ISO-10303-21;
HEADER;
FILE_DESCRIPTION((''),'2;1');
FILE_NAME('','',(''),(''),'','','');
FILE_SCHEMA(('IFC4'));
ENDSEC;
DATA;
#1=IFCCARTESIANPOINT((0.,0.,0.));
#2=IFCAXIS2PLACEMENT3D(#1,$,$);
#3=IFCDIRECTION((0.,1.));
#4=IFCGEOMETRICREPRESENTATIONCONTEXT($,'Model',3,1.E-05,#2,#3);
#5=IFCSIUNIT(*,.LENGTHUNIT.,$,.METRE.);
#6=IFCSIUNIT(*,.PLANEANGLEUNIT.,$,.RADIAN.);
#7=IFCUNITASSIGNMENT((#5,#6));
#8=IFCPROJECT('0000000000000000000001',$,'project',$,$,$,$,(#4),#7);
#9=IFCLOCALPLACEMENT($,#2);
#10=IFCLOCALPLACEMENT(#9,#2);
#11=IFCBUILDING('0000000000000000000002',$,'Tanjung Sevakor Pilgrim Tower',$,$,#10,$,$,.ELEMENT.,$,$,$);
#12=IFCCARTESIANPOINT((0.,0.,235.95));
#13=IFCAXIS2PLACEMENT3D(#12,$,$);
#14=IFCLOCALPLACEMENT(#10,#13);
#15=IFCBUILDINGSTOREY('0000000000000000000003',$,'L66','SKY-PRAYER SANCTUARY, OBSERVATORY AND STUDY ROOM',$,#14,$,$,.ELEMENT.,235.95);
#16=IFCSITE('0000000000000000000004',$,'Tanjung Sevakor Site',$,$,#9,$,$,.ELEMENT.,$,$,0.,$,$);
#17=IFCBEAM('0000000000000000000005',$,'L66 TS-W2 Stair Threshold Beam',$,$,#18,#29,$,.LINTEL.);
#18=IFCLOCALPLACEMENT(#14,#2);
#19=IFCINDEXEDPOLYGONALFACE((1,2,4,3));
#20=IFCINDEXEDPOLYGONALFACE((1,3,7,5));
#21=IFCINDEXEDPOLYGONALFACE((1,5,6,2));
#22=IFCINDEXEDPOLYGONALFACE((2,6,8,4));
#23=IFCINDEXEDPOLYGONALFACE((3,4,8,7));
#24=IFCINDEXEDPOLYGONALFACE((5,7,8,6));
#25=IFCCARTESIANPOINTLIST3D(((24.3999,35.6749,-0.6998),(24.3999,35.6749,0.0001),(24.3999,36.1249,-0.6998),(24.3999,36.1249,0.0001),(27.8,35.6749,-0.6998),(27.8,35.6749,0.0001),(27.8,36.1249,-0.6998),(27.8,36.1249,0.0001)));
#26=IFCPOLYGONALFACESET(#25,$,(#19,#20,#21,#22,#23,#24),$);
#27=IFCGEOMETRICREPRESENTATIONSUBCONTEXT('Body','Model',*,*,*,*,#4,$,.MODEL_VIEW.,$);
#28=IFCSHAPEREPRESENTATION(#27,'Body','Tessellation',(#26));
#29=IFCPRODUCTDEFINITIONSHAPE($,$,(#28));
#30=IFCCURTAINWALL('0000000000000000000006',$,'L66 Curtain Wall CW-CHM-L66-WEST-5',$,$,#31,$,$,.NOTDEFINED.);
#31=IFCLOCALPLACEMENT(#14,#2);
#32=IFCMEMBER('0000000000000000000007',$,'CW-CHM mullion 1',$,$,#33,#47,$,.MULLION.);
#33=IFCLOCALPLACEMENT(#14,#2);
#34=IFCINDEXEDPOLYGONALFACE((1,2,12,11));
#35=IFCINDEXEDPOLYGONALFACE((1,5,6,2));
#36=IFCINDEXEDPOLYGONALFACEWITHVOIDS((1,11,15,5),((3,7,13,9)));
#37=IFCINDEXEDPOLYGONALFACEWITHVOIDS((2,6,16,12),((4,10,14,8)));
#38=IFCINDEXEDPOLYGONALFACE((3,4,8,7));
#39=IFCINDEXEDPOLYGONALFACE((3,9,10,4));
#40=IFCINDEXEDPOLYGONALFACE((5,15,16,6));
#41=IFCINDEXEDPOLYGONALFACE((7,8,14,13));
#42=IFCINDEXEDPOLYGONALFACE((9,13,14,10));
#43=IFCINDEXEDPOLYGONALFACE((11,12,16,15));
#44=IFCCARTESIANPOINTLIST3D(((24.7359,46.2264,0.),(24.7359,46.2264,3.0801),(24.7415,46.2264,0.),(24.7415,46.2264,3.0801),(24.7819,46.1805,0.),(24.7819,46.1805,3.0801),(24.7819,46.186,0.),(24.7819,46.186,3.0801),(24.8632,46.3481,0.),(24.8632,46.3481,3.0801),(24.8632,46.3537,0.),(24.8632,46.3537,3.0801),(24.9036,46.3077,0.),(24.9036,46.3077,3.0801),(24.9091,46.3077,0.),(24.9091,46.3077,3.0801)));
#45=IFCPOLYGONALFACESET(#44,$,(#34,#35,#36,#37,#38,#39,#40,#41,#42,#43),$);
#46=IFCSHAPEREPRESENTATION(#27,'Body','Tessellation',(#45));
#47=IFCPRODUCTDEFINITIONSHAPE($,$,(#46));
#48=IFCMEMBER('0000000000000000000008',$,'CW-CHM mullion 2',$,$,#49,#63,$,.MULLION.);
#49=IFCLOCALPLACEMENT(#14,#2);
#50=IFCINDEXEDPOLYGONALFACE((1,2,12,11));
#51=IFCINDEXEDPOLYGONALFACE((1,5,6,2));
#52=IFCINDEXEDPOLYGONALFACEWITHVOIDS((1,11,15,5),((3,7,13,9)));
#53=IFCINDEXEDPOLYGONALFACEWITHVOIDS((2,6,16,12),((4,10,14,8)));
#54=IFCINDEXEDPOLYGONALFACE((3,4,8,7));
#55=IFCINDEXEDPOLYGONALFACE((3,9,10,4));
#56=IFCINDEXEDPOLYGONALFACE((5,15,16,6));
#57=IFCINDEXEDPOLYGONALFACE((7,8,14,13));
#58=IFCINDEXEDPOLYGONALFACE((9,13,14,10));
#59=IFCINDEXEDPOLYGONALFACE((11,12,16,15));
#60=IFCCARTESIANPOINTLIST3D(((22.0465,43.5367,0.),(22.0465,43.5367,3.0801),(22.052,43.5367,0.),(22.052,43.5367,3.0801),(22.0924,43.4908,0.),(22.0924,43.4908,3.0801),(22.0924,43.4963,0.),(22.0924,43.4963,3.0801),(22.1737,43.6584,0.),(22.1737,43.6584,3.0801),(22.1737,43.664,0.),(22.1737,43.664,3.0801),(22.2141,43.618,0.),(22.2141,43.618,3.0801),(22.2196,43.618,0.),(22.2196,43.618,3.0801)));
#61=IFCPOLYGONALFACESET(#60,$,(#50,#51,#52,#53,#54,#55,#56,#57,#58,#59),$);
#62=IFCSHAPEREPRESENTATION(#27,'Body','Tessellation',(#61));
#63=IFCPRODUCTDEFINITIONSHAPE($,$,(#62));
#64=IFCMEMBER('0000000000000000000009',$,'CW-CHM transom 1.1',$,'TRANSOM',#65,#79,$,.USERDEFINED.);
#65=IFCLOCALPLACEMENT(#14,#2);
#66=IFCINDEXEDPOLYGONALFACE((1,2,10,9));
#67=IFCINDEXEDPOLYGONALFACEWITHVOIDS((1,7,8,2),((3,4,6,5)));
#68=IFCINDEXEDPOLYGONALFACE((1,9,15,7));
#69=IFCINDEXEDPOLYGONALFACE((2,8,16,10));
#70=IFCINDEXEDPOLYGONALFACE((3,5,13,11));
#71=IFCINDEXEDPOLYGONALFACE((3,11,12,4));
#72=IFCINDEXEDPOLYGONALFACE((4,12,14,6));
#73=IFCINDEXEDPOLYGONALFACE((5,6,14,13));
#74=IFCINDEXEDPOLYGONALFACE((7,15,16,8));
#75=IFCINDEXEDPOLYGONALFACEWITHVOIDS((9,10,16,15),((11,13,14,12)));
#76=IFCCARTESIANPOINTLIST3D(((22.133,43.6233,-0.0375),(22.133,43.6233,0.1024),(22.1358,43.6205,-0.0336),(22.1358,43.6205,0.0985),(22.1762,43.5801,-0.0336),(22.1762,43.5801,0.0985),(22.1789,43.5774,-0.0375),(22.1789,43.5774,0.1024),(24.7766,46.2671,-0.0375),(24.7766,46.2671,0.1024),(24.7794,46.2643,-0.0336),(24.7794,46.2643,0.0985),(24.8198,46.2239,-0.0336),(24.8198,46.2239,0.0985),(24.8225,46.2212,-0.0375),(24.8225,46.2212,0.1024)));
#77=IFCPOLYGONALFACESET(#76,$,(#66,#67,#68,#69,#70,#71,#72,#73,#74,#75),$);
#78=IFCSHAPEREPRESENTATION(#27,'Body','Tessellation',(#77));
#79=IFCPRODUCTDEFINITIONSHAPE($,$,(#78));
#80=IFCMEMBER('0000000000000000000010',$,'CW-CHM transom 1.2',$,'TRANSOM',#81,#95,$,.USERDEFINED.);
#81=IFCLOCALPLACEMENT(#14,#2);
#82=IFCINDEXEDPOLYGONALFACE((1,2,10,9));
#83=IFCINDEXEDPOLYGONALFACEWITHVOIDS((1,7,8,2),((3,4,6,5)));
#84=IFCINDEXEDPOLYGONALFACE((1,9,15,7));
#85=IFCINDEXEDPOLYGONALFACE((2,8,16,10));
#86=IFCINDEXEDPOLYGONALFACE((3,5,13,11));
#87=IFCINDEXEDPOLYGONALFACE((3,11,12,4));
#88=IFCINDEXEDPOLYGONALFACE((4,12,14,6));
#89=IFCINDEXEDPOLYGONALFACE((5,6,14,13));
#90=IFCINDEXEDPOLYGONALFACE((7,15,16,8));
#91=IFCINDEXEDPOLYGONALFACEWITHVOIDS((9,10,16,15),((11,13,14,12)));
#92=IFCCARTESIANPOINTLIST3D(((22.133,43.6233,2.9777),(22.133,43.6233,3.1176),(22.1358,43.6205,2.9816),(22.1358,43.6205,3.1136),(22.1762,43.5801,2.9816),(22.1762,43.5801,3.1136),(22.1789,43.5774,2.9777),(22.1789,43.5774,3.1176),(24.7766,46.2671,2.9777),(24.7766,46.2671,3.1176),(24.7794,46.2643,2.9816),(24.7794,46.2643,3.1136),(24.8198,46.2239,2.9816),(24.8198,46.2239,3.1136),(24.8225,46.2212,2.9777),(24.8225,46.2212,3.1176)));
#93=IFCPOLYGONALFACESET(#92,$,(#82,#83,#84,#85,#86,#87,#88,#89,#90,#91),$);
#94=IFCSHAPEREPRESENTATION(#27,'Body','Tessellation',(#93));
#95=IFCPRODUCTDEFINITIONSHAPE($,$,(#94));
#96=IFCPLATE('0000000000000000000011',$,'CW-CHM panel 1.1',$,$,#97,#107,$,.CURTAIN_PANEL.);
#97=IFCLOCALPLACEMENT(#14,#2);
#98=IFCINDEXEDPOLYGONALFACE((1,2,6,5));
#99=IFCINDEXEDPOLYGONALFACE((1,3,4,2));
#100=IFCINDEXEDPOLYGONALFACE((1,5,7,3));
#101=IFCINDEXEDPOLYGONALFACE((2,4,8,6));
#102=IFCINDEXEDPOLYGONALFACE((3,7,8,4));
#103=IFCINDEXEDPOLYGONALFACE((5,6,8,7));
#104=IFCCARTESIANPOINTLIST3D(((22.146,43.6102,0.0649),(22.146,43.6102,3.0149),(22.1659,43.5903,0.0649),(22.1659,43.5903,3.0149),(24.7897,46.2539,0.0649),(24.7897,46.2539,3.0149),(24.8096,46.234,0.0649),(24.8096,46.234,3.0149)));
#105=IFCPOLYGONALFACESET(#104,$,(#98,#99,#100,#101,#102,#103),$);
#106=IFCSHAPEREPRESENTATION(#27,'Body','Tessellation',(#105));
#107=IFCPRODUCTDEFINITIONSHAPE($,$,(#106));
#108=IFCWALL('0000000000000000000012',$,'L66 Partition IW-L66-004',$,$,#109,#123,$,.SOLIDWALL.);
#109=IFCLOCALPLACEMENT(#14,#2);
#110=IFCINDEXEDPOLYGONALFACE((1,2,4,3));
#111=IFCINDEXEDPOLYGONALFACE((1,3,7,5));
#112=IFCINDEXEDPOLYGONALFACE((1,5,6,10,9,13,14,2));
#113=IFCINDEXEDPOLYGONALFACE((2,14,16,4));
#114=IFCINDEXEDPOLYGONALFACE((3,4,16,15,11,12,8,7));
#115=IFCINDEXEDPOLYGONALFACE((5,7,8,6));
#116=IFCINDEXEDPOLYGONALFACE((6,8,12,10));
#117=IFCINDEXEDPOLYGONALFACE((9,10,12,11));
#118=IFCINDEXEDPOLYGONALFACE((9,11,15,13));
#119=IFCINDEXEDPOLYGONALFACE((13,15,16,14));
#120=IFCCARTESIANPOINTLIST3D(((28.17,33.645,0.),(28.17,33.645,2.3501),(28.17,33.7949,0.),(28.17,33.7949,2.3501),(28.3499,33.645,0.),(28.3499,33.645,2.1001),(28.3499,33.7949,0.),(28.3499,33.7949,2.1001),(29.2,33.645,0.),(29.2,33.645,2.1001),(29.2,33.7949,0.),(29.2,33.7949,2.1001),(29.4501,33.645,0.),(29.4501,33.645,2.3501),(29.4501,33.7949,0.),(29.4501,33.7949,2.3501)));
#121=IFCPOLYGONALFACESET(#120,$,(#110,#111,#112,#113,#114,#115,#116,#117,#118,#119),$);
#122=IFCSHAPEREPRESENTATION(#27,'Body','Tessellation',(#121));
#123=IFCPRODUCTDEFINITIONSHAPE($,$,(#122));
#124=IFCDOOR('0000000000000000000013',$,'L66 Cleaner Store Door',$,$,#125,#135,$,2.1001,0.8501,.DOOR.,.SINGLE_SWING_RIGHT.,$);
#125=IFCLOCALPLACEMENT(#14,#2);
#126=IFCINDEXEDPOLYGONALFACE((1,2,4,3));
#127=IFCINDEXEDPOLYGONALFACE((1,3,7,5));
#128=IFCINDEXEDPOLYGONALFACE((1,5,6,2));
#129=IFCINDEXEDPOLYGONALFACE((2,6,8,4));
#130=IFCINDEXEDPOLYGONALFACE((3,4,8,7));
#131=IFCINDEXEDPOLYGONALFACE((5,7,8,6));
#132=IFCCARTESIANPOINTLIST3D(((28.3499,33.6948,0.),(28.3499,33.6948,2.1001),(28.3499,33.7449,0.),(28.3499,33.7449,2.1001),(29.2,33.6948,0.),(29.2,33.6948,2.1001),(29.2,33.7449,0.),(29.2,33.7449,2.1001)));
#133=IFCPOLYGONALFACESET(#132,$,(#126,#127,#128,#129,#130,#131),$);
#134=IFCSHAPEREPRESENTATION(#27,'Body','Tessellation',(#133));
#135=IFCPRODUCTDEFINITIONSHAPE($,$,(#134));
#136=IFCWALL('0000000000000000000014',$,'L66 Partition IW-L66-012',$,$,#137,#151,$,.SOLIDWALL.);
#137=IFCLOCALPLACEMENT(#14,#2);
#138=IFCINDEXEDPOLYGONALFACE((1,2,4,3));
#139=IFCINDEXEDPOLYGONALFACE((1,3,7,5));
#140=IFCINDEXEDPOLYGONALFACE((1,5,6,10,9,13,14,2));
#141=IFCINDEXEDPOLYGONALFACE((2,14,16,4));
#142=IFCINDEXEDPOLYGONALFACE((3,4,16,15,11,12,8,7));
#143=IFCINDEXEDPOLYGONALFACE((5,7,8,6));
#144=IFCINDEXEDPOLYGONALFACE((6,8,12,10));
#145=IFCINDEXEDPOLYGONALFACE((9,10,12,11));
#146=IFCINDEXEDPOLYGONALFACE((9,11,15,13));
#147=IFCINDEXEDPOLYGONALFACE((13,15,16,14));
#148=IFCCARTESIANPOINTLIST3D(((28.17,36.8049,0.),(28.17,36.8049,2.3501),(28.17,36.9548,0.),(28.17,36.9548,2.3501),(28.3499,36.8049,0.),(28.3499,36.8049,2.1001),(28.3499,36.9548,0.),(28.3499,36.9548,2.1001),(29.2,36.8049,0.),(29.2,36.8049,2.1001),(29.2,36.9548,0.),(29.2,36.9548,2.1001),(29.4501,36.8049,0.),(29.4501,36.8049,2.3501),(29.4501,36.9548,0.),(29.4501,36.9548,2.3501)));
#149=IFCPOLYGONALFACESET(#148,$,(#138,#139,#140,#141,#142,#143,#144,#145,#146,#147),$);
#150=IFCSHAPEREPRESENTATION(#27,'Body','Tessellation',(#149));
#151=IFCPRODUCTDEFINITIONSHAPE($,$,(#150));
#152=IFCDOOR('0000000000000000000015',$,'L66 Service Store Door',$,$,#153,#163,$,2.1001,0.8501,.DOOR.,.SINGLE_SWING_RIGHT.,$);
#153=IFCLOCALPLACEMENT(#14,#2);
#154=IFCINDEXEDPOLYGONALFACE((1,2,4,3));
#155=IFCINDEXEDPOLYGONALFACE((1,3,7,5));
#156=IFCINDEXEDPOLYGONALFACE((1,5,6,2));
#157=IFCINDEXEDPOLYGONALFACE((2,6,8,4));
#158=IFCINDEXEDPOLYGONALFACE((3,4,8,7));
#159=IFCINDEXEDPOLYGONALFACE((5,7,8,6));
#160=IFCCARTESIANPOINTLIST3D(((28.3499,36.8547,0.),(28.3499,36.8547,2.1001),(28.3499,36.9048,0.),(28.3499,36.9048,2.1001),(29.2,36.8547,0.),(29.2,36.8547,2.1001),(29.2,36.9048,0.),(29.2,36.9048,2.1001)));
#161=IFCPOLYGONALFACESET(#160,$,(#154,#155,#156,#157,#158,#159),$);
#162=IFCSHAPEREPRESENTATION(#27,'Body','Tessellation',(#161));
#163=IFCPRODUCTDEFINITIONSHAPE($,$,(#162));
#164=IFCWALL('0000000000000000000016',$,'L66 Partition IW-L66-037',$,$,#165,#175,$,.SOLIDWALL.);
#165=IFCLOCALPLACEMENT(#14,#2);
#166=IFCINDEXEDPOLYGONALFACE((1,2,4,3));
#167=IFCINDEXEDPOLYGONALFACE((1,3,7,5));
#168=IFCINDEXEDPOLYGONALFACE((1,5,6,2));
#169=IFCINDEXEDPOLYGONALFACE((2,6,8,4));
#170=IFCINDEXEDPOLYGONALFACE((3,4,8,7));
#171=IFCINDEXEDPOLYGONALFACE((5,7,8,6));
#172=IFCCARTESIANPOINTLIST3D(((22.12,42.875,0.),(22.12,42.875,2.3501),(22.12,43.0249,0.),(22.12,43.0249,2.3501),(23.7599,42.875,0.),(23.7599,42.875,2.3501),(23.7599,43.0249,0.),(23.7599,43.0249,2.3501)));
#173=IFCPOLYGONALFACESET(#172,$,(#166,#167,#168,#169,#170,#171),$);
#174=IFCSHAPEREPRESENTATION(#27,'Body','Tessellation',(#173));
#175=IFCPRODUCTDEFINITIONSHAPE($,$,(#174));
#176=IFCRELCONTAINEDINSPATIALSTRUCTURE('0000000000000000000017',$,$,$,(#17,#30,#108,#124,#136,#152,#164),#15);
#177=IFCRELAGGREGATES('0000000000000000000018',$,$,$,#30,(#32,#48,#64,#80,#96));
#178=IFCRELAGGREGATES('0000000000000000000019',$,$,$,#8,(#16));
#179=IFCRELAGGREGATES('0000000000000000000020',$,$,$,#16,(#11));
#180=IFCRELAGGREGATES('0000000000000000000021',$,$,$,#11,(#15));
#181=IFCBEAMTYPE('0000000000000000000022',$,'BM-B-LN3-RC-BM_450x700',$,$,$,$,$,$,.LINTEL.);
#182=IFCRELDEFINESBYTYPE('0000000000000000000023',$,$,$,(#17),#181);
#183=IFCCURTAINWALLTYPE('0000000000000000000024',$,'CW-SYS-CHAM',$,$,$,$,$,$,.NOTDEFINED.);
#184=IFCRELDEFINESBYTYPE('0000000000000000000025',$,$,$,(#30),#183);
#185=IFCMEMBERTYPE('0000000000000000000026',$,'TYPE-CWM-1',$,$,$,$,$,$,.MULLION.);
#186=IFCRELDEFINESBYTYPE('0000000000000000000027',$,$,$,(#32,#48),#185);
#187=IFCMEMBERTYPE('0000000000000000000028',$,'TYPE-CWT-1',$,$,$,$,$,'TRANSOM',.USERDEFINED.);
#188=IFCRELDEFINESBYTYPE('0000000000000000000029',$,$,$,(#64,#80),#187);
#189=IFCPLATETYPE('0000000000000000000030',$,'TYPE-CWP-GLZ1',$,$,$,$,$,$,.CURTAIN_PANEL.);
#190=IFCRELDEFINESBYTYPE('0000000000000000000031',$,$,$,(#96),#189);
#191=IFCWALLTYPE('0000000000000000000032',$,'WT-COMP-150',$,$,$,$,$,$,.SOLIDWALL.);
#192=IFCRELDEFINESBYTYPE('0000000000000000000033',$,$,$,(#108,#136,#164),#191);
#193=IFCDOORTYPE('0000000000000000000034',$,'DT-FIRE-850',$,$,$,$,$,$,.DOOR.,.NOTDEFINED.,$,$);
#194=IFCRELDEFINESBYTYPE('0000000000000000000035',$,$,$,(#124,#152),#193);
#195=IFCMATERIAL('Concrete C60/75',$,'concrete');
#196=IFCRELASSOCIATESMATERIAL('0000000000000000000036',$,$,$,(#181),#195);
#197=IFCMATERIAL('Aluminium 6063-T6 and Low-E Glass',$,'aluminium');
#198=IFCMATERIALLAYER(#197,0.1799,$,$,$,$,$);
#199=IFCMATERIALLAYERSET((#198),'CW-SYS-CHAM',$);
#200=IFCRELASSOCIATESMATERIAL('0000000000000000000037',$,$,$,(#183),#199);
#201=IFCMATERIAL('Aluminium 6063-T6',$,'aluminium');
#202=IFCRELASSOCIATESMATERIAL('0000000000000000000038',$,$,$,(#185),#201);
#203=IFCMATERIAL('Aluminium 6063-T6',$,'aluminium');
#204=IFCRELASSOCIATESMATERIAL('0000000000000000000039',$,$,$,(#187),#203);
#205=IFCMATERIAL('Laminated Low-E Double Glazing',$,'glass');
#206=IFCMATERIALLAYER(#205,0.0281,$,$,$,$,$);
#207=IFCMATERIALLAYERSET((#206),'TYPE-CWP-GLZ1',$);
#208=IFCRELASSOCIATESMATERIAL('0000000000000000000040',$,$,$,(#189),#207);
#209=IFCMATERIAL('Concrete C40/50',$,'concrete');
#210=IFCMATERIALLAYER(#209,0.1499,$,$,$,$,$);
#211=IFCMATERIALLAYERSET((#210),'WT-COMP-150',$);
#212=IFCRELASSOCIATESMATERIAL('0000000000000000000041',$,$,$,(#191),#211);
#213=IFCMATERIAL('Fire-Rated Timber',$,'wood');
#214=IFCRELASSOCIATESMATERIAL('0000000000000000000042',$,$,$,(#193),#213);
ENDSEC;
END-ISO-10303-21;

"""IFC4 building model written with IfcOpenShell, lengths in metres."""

from ifc_helpers import new_model, si_unit, direction, frame, frame_2d, origin, origin_2d, place, context, subcontext, project, spatial, rectangle, hollow_rectangle, extrude, material, layer, layer_set, material_profile, profile_set, type_object, element, fill, aggregate, save


model = new_model("IFC4")

# Units and contexts
model_context = context("Model", 3, precision=1e-05, world=origin(), true_north=direction((0.0, 1.0)))
body_context = subcontext(model_context, "Body", "Model", "MODEL_VIEW")
ifc_project = project(units=[si_unit("LENGTHUNIT", "METRE"), si_unit("PLANEANGLEUNIT", "RADIAN")], contexts=[model_context])

# Site, building, storey
site_placement = place(None, origin())
site = spatial("IfcSite", under=ifc_project, at=site_placement, Name="Tanjung Sevakor Site", CompositionType="ELEMENT", RefElevation=0.0)
building_placement = place(site_placement, origin())
building = spatial("IfcBuilding", under=site, at=building_placement, Name="Tanjung Sevakor Pilgrim Tower", CompositionType="ELEMENT")
storey_placement = place(building_placement, frame((0.0, 0.0, 235.95)))
storey = spatial("IfcBuildingStorey", under=building, at=storey_placement, Name="L66", Description="SKY-PRAYER SANCTUARY, OBSERVATORY AND STUDY ROOM", CompositionType="ELEMENT", Elevation=235.95)

# Beam
ifc_material_1 = material(Name="Concrete C60/75", Category="concrete")
ifc_material_profile_1 = material_profile(ifc_material_1, rectangle(XDim=0.45, YDim=0.7, at=origin_2d()))
ifc_profile_set_1 = profile_set([ifc_material_profile_1], Name="Concrete C60/75")
beam_type = type_object("IfcBeamType", Name="BM-B-LN3-RC-BM_450x700", PredefinedType="LINTEL", material=ifc_profile_set_1)
beam_placement = place(storey_placement, frame((24.3999, 35.8999, -0.3499), z_axis=(1.0, 0.0, 0.0), x_axis=(0.0, 1.0, 0.0)))
element("IfcBeam", 1, at=beam_placement, inside=storey, type_object=beam_type, Name="L66 TS-W2 Stair Threshold Beam", PredefinedType="LINTEL", context=body_context, shape_type="SweptSolid", body=[
    extrude(rectangle(XDim=0.45, YDim=0.7, at=origin_2d()), origin(), (0.0, 0.0, 1.0), 3.4001),
])

# Curtain wall, members, plate
ifc_material_2 = material(Name="Aluminium 6063-T6 and Low-E Glass", Category="aluminium")
ifc_layer_1 = layer(ifc_material_2, 0.1799)
ifc_layer_set_1 = layer_set([ifc_layer_1], Name="CW-SYS-CHAM")
curtain_wall_type = type_object("IfcCurtainWallType", Name="CW-SYS-CHAM", PredefinedType="NOTDEFINED", material=ifc_layer_set_1)
curtain_wall_placement = place(storey_placement, origin())
curtain_wall = element("IfcCurtainWall", 2, at=curtain_wall_placement, inside=storey, type_object=curtain_wall_type, Name="L66 Curtain Wall CW-CHM-L66-WEST-5", PredefinedType="NOTDEFINED")
ifc_material_3 = material(Name="Aluminium 6063-T6", Category="aluminium")
ifc_material_profile_2 = material_profile(ifc_material_3, hollow_rectangle(XDim=0.0649, YDim=0.1799, WallThickness=0.0039, at=origin_2d()))
ifc_profile_set_2 = profile_set([ifc_material_profile_2], Name="Aluminium 6063-T6")
member_type_1 = type_object("IfcMemberType", Name="TYPE-CWM-1", PredefinedType="MULLION", material=ifc_profile_set_2)
member_1_placement = place(storey_placement, frame((24.8225, 46.2671, 0.0), z_axis=(0.0, 0.0, 1.0), x_axis=(0.707107, -0.707107, 0.0)))
member_1 = element("IfcMember", 3, at=member_1_placement, type_object=member_type_1, Name="CW-CHM mullion 1", PredefinedType="MULLION", context=body_context, shape_type="SweptSolid", body=[
    extrude(hollow_rectangle(XDim=0.0649, YDim=0.1799, WallThickness=0.0039, at=origin_2d()), origin(), (0.0, 0.0, 1.0), 3.0801),
])
member_2_placement = place(storey_placement, frame((22.1331, 43.5774, 0.0), z_axis=(0.0, 0.0, 1.0), x_axis=(0.707107, -0.707107, 0.0)))
member_2 = element("IfcMember", 4, at=member_2_placement, type_object=member_type_1, Name="CW-CHM mullion 2", PredefinedType="MULLION", context=body_context, shape_type="SweptSolid", body=[
    extrude(hollow_rectangle(XDim=0.0649, YDim=0.1799, WallThickness=0.0039, at=origin_2d()), origin(), (0.0, 0.0, 1.0), 3.0801),
])
ifc_material_4 = material(Name="Aluminium 6063-T6", Category="aluminium")
ifc_material_profile_3 = material_profile(ifc_material_4, hollow_rectangle(XDim=0.0649, YDim=0.1399, WallThickness=0.0039, at=origin_2d()))
ifc_profile_set_3 = profile_set([ifc_material_profile_3], Name="Aluminium 6063-T6")
member_type_2 = type_object("IfcMemberType", Name="TYPE-CWT-1", ElementType="TRANSOM", PredefinedType="USERDEFINED", material=ifc_profile_set_3)
member_3_placement = place(storey_placement, frame((24.7996, 46.2441, 0.0325), z_axis=(-0.707074, -0.707139, 0.0), x_axis=(0.707139, -0.707074, 0.0)))
member_3 = element("IfcMember", 5, at=member_3_placement, type_object=member_type_2, Name="CW-CHM transom 1.1", ObjectType="TRANSOM", PredefinedType="USERDEFINED", context=body_context, shape_type="SweptSolid", body=[
    extrude(hollow_rectangle(XDim=0.0649, YDim=0.1399, WallThickness=0.0039, at=origin_2d()), origin(), (0.0, 0.0, 1.0), 3.7388),
])
member_4_placement = place(storey_placement, frame((24.7996, 46.2441, 3.0476), z_axis=(-0.707074, -0.707139, 0.0), x_axis=(0.707139, -0.707074, 0.0)))
member_4 = element("IfcMember", 6, at=member_4_placement, type_object=member_type_2, Name="CW-CHM transom 1.2", ObjectType="TRANSOM", PredefinedType="USERDEFINED", context=body_context, shape_type="SweptSolid", body=[
    extrude(hollow_rectangle(XDim=0.0649, YDim=0.1399, WallThickness=0.0039, at=origin_2d()), origin(), (0.0, 0.0, 1.0), 3.7388),
])
ifc_material_5 = material(Name="Laminated Low-E Double Glazing", Category="glass")
ifc_layer_2 = layer(ifc_material_5, 0.0281)
ifc_layer_set_2 = layer_set([ifc_layer_2], Name="TYPE-CWP-GLZ1")
plate_type = type_object("IfcPlateType", Name="TYPE-CWP-GLZ1", PredefinedType="CURTAIN_PANEL", material=ifc_layer_set_2)
plate_placement = place(storey_placement, frame((23.4778, 44.9221, 0.0649), z_axis=(0.0, 0.0, 1.0), x_axis=(-0.707107, -0.707107, 0.0)))
plate = element("IfcPlate", 7, at=plate_placement, type_object=plate_type, Name="CW-CHM panel 1.1", PredefinedType="CURTAIN_PANEL", context=body_context, shape_type="SweptSolid", body=[
    extrude(rectangle(XDim=3.7388, YDim=0.0281, at=origin_2d()), origin(), (0.0, 0.0, 1.0), 2.95),
])
aggregate(curtain_wall, [member_1, member_2, member_3, member_4, plate])

# Walls, openings, doors
ifc_material_6 = material(Name="Concrete C40/50", Category="concrete")
ifc_layer_3 = layer(ifc_material_6, 0.1499)
ifc_layer_set_3 = layer_set([ifc_layer_3], Name="WT-COMP-150")
wall_type_1 = type_object("IfcWallType", Name="WT-COMP-150", PredefinedType="SOLIDWALL", material=ifc_layer_set_3)
wall_1_placement = place(storey_placement, frame((28.1699, 33.72, 0.0), z_axis=(0.0, 0.0, 1.0), x_axis=(1.0, 0.0, 0.0)))
wall_1 = element("IfcWall", 8, at=wall_1_placement, inside=storey, type_object=wall_type_1, Name="L66 Partition IW-L66-004", PredefinedType="SOLIDWALL", context=body_context, shape_type="SweptSolid", body=[
    extrude(rectangle(XDim=1.28, YDim=0.1499, at=frame_2d((0.6401, 0.0))), origin(), (0.0, 0.0, 1.0), 2.3501),
])
opening_1_placement = place(wall_1_placement, frame((0.1799, 0.0, 0.0)))
opening_1 = element("IfcOpeningElement", 9, at=opening_1_placement, cuts=wall_1, PredefinedType="OPENING", context=body_context, shape_type="SweptSolid", body=[
    extrude(rectangle(XDim=0.8501, YDim=2.1001, at=frame_2d((0.425, 1.05))), frame((0.0, 0.085, 0.0), z_axis=(0.0, -1.0, 0.0), x_axis=(1.0, 0.0, 0.0)), (0.0, 0.0, 1.0), 0.1699),
])
ifc_material_7 = material(Name="Fire-Rated Timber", Category="wood")
door_type_1 = type_object("IfcDoorType", Name="DT-FIRE-850", OperationType="NOTDEFINED", PredefinedType="DOOR", material=ifc_material_7)
door_1_placement = place(opening_1_placement, origin())
door_1 = element("IfcDoor", 10, at=door_1_placement, inside=storey, type_object=door_type_1, Name="L66 Cleaner Store Door", OperationType="SINGLE_SWING_RIGHT", OverallHeight=2.1001, OverallWidth=0.8501, PredefinedType="DOOR", context=body_context, shape_type="SweptSolid", body=[
    extrude(rectangle(XDim=0.8501, YDim=2.1001, at=frame_2d((0.425, 1.05))), frame((0.0, 0.0249, 0.0), z_axis=(0.0, -1.0, 0.0), x_axis=(1.0, 0.0, 0.0)), (0.0, 0.0, 1.0), 0.05),
])
fill(opening_1, door_1)
wall_2_placement = place(storey_placement, frame((28.1699, 36.8799, 0.0), z_axis=(0.0, 0.0, 1.0), x_axis=(1.0, 0.0, 0.0)))
wall_2 = element("IfcWall", 11, at=wall_2_placement, inside=storey, type_object=wall_type_1, Name="L66 Partition IW-L66-012", PredefinedType="SOLIDWALL", context=body_context, shape_type="SweptSolid", body=[
    extrude(rectangle(XDim=1.28, YDim=0.1499, at=frame_2d((0.6401, 0.0))), origin(), (0.0, 0.0, 1.0), 2.3501),
])
opening_2_placement = place(wall_2_placement, frame((0.1799, 0.0, 0.0)))
opening_2 = element("IfcOpeningElement", 12, at=opening_2_placement, cuts=wall_2, PredefinedType="OPENING", context=body_context, shape_type="SweptSolid", body=[
    extrude(rectangle(XDim=0.8501, YDim=2.1001, at=frame_2d((0.425, 1.05))), frame((0.0, 0.085, 0.0), z_axis=(0.0, -1.0, 0.0), x_axis=(1.0, 0.0, 0.0)), (0.0, 0.0, 1.0), 0.1699),
])
door_2_placement = place(opening_2_placement, origin())
door_2 = element("IfcDoor", 13, at=door_2_placement, inside=storey, type_object=door_type_1, Name="L66 Service Store Door", OperationType="SINGLE_SWING_RIGHT", OverallHeight=2.1001, OverallWidth=0.8501, PredefinedType="DOOR", context=body_context, shape_type="SweptSolid", body=[
    extrude(rectangle(XDim=0.8501, YDim=2.1001, at=frame_2d((0.425, 1.05))), frame((0.0, 0.0249, 0.0), z_axis=(0.0, -1.0, 0.0), x_axis=(1.0, 0.0, 0.0)), (0.0, 0.0, 1.0), 0.05),
])
fill(opening_2, door_2)

# Wall
wall_3_placement = place(storey_placement, frame((22.1201, 42.95, 0.0), z_axis=(0.0, 0.0, 1.0), x_axis=(1.0, 0.0, 0.0)))
element("IfcWall", 14, at=wall_3_placement, inside=storey, type_object=wall_type_1, Name="L66 Partition IW-L66-037", PredefinedType="SOLIDWALL", context=body_context, shape_type="SweptSolid", body=[
    extrude(rectangle(XDim=1.6399, YDim=0.1499, at=frame_2d((0.8198, 0.0))), origin(), (0.0, 0.0, 1.0), 2.3501),
])

save(model, "model.ifc")
